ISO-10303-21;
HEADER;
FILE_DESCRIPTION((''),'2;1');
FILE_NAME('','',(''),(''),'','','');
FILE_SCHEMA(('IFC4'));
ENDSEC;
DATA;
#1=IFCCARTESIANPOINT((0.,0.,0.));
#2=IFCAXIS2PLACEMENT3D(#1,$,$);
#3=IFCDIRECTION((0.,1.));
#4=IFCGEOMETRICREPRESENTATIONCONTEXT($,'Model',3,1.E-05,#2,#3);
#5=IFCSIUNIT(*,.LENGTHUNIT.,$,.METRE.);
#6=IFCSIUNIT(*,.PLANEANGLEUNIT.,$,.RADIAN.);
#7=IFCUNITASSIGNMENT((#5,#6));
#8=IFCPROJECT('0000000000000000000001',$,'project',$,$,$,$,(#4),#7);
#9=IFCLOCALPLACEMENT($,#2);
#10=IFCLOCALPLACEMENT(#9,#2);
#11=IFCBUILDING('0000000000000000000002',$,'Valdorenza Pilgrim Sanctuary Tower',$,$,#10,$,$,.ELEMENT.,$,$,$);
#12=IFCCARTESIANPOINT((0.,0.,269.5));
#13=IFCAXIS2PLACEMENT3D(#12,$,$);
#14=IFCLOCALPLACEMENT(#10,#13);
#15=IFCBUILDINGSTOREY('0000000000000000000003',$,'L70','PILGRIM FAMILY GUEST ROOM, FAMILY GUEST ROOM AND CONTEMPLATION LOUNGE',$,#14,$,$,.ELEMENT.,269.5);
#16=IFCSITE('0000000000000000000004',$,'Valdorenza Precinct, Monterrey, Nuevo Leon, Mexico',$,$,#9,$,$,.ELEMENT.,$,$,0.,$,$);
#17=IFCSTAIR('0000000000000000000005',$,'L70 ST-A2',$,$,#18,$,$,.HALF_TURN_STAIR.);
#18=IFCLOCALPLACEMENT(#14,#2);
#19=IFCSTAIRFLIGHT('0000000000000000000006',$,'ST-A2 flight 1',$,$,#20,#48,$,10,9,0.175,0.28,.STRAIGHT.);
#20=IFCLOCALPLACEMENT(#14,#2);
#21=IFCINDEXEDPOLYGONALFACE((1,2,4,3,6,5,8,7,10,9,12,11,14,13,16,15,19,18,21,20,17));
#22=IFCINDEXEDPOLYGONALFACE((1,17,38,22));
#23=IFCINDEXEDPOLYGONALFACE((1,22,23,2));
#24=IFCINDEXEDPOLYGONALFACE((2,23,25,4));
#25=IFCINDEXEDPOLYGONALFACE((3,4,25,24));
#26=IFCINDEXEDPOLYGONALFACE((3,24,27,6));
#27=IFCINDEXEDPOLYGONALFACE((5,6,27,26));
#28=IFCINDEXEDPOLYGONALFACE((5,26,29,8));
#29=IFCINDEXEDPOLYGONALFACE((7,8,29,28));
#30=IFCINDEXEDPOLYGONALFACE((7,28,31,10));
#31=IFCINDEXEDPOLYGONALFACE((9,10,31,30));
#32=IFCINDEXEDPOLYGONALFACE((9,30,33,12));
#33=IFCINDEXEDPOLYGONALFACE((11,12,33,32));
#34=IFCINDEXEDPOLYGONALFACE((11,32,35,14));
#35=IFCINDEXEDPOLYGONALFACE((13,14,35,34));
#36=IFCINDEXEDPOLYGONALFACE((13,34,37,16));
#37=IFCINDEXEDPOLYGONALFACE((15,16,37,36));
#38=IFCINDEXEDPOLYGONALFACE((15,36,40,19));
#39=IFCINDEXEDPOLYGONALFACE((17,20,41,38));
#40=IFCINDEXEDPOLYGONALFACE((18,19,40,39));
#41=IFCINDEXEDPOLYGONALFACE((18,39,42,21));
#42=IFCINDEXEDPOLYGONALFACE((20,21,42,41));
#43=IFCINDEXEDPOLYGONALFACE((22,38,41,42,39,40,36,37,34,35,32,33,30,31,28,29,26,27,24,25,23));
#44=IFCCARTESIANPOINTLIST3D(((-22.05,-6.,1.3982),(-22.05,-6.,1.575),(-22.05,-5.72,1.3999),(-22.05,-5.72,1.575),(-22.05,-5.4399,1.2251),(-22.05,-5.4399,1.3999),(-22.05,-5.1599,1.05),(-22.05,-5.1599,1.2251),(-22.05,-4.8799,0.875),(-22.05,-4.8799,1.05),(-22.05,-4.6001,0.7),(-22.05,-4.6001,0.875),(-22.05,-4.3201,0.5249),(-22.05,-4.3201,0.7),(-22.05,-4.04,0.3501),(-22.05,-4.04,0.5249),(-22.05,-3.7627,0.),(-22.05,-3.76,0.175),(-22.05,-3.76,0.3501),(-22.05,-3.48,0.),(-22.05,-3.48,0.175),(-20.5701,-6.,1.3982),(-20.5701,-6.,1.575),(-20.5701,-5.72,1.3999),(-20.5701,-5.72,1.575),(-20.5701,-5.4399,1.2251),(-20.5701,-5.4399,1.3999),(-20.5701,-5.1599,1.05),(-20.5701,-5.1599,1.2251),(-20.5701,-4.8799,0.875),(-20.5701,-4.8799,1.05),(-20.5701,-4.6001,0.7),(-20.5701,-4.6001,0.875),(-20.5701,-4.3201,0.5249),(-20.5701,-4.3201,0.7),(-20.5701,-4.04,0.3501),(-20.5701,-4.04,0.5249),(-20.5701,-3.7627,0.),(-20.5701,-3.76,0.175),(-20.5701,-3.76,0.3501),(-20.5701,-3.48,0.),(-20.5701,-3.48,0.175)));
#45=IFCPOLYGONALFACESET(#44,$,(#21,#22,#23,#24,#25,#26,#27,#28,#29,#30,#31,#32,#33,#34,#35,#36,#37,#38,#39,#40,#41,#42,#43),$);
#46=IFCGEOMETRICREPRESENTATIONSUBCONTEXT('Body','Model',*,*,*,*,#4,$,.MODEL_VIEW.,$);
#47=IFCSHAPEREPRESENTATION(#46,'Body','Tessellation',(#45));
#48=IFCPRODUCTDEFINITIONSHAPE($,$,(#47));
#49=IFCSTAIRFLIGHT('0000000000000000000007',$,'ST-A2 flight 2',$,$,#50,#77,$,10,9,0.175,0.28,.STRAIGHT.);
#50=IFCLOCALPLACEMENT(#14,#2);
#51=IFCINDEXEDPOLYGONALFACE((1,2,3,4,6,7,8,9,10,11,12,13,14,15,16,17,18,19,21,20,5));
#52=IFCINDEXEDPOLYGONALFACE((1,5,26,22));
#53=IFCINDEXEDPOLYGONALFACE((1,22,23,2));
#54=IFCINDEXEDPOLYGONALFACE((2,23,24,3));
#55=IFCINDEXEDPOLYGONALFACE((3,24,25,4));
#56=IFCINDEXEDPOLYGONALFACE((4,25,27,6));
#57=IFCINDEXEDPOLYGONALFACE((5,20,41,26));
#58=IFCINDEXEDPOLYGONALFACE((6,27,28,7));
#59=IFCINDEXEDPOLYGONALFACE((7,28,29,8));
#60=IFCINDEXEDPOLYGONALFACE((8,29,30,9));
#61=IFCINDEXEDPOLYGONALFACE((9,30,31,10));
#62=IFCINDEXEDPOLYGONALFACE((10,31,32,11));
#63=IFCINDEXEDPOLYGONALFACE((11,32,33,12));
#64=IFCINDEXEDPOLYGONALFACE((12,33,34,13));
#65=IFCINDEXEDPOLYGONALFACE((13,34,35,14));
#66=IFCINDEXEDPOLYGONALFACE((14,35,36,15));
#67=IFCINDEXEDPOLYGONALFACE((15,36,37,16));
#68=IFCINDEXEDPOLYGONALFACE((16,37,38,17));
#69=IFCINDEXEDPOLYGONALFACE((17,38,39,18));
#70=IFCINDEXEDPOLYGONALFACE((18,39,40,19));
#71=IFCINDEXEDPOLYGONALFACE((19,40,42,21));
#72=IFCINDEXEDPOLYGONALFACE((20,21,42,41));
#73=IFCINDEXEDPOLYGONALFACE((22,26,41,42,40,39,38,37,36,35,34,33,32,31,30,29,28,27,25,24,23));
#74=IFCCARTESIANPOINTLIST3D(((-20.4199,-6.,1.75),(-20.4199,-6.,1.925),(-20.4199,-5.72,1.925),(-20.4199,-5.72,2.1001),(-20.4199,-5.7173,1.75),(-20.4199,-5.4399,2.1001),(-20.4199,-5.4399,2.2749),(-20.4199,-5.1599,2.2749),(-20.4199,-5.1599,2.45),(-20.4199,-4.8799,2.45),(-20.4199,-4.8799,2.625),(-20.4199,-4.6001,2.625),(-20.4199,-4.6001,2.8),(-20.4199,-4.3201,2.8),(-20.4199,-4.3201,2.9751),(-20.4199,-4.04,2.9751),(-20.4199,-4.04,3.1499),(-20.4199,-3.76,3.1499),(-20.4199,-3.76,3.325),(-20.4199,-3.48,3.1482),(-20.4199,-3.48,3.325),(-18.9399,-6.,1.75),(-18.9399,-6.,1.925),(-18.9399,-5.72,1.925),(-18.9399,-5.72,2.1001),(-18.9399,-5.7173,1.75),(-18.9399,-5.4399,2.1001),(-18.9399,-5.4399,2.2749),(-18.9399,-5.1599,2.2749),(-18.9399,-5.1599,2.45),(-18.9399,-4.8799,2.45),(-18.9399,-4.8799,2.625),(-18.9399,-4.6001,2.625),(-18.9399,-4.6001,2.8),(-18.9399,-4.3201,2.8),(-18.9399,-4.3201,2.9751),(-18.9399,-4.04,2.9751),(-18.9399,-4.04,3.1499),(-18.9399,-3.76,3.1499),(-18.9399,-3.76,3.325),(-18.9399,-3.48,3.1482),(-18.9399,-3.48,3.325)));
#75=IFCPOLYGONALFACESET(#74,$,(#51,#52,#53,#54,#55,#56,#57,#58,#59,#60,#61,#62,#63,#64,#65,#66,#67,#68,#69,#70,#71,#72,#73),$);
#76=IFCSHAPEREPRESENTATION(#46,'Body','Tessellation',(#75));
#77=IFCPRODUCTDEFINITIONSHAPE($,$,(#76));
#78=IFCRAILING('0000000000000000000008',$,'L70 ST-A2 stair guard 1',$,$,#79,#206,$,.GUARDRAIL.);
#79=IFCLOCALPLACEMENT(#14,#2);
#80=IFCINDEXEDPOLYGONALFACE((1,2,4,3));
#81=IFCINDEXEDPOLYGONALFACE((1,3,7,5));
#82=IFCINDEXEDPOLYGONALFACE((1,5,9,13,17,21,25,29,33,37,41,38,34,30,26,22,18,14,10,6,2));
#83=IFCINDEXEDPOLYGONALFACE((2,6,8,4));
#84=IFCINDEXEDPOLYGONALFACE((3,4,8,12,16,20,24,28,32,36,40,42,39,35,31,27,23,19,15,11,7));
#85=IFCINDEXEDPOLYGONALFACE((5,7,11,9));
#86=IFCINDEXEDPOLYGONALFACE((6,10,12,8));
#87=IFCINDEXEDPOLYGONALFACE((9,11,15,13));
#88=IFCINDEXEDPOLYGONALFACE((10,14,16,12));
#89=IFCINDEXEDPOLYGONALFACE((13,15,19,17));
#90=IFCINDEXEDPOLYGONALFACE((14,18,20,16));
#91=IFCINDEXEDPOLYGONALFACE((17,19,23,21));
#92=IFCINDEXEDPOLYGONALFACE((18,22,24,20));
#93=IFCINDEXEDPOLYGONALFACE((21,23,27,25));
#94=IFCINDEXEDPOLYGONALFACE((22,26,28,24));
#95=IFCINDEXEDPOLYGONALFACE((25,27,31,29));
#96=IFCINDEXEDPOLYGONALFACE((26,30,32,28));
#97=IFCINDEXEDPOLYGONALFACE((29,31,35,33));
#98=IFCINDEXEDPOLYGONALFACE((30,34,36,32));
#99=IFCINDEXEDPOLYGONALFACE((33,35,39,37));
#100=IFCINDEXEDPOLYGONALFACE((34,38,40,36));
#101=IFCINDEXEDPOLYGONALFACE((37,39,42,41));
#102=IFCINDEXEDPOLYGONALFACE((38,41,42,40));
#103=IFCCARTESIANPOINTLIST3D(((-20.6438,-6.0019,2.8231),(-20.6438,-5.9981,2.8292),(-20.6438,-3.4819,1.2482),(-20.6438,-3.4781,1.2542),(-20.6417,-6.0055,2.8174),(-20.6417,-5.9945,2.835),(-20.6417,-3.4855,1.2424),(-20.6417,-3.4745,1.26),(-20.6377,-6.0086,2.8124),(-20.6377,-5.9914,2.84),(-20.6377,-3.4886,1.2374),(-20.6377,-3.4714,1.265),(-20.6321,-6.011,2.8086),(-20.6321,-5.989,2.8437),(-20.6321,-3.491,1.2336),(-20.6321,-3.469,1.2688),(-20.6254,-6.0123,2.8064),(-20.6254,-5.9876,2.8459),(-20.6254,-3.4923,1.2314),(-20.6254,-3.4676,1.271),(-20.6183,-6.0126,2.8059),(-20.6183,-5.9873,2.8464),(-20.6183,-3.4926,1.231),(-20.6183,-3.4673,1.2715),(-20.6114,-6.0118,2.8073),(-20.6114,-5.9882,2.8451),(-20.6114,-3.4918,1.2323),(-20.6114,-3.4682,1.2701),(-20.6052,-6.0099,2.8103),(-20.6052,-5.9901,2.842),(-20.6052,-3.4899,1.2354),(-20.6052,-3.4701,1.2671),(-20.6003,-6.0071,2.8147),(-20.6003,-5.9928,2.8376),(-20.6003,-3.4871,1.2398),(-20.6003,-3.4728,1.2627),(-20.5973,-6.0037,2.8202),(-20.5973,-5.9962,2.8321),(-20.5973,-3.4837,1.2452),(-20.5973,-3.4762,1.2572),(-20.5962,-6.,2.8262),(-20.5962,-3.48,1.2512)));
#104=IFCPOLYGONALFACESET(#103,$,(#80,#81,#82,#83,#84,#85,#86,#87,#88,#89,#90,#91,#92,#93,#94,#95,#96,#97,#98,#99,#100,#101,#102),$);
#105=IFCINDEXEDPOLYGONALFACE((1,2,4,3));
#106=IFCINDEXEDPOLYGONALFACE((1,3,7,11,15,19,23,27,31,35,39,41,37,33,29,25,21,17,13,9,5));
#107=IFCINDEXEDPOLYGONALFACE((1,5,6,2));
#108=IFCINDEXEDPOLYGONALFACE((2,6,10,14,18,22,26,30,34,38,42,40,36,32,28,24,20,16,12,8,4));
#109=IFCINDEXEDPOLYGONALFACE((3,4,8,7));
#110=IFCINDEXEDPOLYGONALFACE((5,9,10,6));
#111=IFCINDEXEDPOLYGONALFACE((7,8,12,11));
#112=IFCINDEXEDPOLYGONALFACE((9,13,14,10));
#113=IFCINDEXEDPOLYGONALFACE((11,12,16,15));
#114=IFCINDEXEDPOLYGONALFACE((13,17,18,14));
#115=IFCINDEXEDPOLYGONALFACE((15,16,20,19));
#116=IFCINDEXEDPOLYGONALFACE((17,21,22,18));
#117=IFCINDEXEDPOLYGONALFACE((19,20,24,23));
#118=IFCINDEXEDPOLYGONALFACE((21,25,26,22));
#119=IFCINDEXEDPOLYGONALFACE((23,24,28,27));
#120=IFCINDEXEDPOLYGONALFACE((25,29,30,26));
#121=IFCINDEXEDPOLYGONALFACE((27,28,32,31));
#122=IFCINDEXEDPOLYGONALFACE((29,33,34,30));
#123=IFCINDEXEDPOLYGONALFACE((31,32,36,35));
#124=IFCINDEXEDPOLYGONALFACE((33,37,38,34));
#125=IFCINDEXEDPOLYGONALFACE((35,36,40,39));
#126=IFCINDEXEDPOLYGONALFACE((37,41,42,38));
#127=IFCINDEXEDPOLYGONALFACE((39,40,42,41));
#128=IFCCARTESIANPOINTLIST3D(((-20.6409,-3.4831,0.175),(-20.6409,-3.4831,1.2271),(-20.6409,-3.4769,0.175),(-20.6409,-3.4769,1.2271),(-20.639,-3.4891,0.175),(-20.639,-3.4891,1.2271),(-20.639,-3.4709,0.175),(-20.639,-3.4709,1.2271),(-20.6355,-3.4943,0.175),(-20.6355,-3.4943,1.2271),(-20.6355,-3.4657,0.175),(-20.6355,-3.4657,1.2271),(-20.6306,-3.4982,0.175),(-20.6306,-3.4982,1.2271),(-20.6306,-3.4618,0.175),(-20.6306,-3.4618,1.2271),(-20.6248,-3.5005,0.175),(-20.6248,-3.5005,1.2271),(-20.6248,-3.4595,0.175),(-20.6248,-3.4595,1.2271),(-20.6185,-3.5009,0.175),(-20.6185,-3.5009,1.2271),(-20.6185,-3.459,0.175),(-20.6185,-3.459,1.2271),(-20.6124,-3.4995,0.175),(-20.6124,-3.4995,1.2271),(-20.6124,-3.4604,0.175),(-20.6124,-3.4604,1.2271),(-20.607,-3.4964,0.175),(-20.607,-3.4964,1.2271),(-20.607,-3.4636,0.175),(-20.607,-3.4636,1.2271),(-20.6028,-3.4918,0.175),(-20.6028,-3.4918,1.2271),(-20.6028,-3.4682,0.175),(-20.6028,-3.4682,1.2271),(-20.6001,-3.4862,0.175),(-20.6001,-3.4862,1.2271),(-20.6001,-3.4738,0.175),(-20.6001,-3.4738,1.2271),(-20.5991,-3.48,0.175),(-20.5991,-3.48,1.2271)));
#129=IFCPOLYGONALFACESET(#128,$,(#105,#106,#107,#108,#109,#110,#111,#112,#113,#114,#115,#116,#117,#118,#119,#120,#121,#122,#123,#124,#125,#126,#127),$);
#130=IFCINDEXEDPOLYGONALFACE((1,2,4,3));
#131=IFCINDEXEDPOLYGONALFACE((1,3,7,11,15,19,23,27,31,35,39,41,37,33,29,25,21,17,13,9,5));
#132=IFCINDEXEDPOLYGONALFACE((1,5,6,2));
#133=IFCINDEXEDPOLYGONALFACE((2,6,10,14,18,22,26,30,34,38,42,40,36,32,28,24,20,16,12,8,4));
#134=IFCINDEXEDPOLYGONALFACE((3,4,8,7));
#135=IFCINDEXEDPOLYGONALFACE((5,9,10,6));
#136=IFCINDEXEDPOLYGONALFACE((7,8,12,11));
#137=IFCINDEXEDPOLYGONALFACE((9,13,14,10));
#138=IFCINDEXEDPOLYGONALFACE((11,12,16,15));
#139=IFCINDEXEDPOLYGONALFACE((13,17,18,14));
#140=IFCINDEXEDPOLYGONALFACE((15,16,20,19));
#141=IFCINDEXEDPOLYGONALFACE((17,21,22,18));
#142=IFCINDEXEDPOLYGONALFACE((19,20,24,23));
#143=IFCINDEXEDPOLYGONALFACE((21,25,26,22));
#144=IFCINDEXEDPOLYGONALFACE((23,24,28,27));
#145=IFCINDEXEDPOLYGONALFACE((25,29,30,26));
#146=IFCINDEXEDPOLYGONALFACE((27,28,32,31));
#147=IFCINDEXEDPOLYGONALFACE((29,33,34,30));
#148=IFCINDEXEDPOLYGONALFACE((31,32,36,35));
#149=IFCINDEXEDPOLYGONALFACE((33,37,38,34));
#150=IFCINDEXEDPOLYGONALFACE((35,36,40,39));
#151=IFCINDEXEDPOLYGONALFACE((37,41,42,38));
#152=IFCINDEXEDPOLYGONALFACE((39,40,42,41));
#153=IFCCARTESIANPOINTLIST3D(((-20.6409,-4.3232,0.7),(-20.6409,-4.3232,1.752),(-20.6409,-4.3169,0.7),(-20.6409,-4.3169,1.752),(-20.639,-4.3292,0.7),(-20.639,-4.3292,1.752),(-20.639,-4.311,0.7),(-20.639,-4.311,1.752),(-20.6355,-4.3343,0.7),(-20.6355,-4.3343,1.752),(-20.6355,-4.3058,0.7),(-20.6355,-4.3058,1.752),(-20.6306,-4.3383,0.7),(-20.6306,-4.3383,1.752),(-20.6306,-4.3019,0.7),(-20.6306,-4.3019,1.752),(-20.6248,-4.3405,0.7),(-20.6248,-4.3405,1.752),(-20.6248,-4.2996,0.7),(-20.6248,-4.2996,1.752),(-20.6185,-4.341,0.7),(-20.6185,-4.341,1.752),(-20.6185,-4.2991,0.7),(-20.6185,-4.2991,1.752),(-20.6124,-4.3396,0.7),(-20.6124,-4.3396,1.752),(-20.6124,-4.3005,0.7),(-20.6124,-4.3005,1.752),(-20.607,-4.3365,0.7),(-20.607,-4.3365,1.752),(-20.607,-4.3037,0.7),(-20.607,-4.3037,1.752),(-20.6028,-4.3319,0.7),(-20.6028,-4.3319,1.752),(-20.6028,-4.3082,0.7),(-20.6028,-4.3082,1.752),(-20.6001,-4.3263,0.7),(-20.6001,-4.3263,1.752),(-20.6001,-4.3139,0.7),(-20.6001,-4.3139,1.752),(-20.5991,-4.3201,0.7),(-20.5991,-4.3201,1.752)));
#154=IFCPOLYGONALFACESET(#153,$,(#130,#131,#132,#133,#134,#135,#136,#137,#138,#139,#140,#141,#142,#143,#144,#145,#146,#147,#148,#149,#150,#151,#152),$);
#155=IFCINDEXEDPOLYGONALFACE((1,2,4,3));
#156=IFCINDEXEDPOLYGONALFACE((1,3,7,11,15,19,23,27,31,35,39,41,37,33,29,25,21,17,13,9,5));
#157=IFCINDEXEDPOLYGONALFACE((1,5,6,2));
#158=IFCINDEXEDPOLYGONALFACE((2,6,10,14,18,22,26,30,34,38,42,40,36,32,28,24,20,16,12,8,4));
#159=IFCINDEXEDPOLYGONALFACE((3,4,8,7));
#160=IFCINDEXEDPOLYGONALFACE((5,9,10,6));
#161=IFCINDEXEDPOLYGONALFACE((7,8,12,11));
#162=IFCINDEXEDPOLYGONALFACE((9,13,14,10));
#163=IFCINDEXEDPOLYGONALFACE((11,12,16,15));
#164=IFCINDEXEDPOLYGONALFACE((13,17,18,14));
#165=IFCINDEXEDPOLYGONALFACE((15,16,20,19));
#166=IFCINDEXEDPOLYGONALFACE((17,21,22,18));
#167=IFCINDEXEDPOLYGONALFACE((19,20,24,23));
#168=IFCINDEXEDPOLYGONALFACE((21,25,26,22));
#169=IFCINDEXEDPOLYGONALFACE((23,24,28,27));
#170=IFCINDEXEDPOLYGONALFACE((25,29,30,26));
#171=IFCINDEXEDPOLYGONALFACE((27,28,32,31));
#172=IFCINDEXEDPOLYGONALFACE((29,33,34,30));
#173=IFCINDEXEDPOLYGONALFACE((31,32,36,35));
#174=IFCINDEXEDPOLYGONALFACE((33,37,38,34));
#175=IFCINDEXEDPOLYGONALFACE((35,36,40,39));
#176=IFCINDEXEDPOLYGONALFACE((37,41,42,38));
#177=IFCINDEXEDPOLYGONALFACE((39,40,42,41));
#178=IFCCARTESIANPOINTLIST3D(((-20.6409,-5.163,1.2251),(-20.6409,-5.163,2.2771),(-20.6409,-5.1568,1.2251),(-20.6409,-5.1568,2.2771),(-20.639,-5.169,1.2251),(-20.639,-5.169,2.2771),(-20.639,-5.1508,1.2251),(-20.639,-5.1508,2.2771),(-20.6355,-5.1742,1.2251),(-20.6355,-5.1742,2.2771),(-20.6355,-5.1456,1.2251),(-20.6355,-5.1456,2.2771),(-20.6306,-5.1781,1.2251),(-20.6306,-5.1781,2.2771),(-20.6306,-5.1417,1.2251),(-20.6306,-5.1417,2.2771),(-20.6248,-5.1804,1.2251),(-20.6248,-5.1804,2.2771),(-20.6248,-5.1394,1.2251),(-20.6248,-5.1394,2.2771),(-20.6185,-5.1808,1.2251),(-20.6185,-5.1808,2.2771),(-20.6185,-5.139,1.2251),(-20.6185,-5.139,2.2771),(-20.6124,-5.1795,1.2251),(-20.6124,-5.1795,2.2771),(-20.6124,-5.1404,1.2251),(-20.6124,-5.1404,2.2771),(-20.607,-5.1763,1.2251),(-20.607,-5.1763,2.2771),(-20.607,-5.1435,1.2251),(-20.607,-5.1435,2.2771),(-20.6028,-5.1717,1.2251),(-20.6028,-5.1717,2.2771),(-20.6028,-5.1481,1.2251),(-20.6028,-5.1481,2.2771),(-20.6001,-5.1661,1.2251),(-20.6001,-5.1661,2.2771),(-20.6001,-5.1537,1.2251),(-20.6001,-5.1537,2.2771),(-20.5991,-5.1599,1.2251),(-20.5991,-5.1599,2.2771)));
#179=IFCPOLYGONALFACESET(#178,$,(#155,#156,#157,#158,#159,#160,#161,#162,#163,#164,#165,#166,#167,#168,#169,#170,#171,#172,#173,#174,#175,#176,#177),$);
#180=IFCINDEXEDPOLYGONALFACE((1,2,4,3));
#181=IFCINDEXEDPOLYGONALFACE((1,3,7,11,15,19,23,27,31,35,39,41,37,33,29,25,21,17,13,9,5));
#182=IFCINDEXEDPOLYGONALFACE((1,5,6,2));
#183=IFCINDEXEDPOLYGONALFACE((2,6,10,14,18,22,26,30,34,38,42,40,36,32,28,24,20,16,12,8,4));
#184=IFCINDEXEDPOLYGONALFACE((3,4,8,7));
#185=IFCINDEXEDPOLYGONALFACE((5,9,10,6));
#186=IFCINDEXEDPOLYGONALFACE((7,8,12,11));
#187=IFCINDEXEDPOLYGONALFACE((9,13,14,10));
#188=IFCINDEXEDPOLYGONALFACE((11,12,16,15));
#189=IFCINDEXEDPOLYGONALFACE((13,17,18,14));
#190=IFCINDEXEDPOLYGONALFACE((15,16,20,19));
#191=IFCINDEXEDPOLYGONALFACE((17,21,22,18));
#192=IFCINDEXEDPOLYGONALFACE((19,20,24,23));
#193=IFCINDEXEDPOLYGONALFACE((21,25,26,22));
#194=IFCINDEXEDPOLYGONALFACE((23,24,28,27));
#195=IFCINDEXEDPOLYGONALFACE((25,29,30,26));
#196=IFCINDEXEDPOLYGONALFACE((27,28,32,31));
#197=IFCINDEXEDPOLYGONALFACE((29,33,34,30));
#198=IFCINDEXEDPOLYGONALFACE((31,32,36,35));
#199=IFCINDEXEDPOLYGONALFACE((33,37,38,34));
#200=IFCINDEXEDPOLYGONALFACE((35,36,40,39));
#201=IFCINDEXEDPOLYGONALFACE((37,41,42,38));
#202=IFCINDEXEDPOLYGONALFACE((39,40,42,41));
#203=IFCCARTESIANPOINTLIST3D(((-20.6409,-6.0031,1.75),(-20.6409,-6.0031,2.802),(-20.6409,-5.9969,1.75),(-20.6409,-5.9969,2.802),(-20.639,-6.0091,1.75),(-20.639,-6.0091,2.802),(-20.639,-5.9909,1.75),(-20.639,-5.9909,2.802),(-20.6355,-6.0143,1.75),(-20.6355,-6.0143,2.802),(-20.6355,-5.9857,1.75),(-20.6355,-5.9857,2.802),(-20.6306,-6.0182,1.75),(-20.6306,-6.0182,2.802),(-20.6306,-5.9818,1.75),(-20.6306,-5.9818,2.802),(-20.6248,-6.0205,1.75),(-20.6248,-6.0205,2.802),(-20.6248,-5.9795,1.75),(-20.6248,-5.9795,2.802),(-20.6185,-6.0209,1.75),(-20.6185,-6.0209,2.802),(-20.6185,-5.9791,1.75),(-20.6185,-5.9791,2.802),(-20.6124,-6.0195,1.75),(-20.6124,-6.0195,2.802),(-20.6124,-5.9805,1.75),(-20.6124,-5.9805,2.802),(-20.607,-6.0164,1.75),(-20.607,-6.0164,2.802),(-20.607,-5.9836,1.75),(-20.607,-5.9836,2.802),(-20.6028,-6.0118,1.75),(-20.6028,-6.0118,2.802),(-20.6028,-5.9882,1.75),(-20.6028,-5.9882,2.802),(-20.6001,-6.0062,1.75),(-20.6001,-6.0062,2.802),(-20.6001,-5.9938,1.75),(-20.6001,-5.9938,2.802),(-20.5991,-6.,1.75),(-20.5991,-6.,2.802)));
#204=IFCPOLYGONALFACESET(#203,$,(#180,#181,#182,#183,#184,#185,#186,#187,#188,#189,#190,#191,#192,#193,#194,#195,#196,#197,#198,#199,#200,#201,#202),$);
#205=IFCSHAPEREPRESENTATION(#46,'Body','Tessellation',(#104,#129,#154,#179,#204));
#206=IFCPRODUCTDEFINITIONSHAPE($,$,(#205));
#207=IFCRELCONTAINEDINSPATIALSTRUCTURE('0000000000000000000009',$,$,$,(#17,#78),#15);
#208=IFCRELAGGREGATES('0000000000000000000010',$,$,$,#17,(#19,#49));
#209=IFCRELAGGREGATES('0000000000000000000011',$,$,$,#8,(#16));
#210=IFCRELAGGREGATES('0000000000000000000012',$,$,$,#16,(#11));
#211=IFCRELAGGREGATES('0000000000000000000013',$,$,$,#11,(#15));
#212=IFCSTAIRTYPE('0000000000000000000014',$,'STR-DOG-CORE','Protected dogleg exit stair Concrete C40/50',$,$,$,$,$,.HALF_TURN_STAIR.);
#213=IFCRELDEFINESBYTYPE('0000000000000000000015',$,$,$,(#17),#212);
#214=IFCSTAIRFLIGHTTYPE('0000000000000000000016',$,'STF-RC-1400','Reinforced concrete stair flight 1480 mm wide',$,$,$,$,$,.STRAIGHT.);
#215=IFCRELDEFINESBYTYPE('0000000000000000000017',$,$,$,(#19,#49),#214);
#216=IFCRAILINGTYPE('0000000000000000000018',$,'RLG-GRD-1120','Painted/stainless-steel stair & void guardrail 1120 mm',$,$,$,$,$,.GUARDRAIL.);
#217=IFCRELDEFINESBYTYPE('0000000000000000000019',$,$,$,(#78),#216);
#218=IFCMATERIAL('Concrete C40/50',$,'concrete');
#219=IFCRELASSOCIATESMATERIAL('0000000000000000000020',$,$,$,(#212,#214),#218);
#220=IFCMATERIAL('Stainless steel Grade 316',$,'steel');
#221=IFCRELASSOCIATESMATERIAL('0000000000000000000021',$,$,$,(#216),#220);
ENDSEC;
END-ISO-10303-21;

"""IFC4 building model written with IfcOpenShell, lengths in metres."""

from ifc_helpers import new_model, si_unit, direction, frame, origin, origin_2d, place, context, subcontext, project, spatial, polyline, circle, outline, extrude, material, type_object, element, aggregate, save


model = new_model("IFC4")

# Units and contexts
model_context = context("Model", 3, precision=1e-05, world=origin(), true_north=direction((0.0, 1.0)))
body_context = subcontext(model_context, "Body", "Model", "MODEL_VIEW")
ifc_project = project(units=[si_unit("LENGTHUNIT", "METRE"), si_unit("PLANEANGLEUNIT", "RADIAN")], contexts=[model_context])

# Site, building, storey
site_placement = place(None, origin())
site = spatial("IfcSite", under=ifc_project, at=site_placement, Name="Valdorenza Precinct, Monterrey, Nuevo Leon, Mexico", CompositionType="ELEMENT", RefElevation=0.0)
building_placement = place(site_placement, origin())
building = spatial("IfcBuilding", under=site, at=building_placement, Name="Valdorenza Pilgrim Sanctuary Tower", CompositionType="ELEMENT")
storey_placement = place(building_placement, frame((0.0, 0.0, 269.5)))
storey = spatial("IfcBuildingStorey", under=building, at=storey_placement, Name="L70", Description="PILGRIM FAMILY GUEST ROOM, FAMILY GUEST ROOM AND CONTEMPLATION LOUNGE", CompositionType="ELEMENT", Elevation=269.5)

# Shared definitions
ifc_material_1 = material(Name="Concrete C40/50", Category="concrete")

# Stair, stair flights
stair_type = type_object("IfcStairType", Name="STR-DOG-CORE", Description="Protected dogleg exit stair Concrete C40/50", PredefinedType="HALF_TURN_STAIR", material=ifc_material_1)
stair_placement = place(storey_placement, origin())
stair = element("IfcStair", 1, at=stair_placement, inside=storey, type_object=stair_type, Name="L70 ST-A2", PredefinedType="HALF_TURN_STAIR")
stair_flight_type = type_object("IfcStairFlightType", Name="STF-RC-1400", Description="Reinforced concrete stair flight 1480 mm wide", PredefinedType="STRAIGHT", material=ifc_material_1)
stair_flight_1_placement = place(storey_placement, frame((-21.3101, -3.48, 0.0), z_axis=(0.0, 0.0, 1.0), x_axis=(0.0, -1.0, 0.0)))
stair_flight_1 = element("IfcStairFlight", 2, at=stair_flight_1_placement, type_object=stair_flight_type, Name="ST-A2 flight 1", NumberOfRisers=10, NumberOfTreads=9, PredefinedType="STRAIGHT", RiserHeight=0.175, TreadLength=0.28, context=body_context, shape_type="SweptSolid", body=[
    extrude(outline(polyline([(0.0, 0.0), (0.0, 0.175), (0.28, 0.175), (0.28, 0.3501), (0.5601, 0.3501), (0.5601, 0.5249), (0.8401, 0.5249), (0.8401, 0.7), (1.1201, 0.7), (1.1201, 0.875), (1.3999, 0.875), (1.3999, 1.05), (1.6799, 1.05), (1.6799, 1.2251), (1.96, 1.2251), (1.96, 1.3999), (2.24, 1.3999), (2.24, 1.575), (2.52, 1.575), (2.52, 1.75), (2.52, 1.3982), (0.2827, 0.0), (0.0, 0.0)])), frame((0.0, 0.74, 0.0), z_axis=(0.0, -1.0, 0.0), x_axis=(1.0, 0.0, 0.0)), (0.0, 0.0, 1.0), 1.48),
])
stair_flight_2_placement = place(storey_placement, frame((-19.6799, -6.0, 1.75), z_axis=(0.0, 0.0, 1.0), x_axis=(0.0, 1.0, 0.0)))
stair_flight_2 = element("IfcStairFlight", 3, at=stair_flight_2_placement, type_object=stair_flight_type, Name="ST-A2 flight 2", NumberOfRisers=10, NumberOfTreads=9, PredefinedType="STRAIGHT", RiserHeight=0.175, TreadLength=0.28, context=body_context, shape_type="SweptSolid", body=[
    extrude(outline(polyline([(0.0, 0.0), (0.0, 0.175), (0.28, 0.175), (0.28, 0.3501), (0.5601, 0.3501), (0.5601, 0.5249), (0.8401, 0.5249), (0.8401, 0.7), (1.1201, 0.7), (1.1201, 0.875), (1.3999, 0.875), (1.3999, 1.05), (1.6799, 1.05), (1.6799, 1.2251), (1.96, 1.2251), (1.96, 1.3999), (2.24, 1.3999), (2.24, 1.575), (2.52, 1.575), (2.52, 1.75), (2.52, 1.3982), (0.2827, 0.0), (0.0, 0.0)])), frame((0.0, 0.74, 0.0), z_axis=(0.0, -1.0, 0.0), x_axis=(1.0, 0.0, 0.0)), (0.0, 0.0, 1.0), 1.48),
])
aggregate(stair, [stair_flight_1, stair_flight_2])

# Railing
ifc_material_2 = material(Name="Stainless steel Grade 316", Category="steel")
railing_type_1 = type_object("IfcRailingType", Name="RLG-GRD-1120", Description="Painted/stainless-steel stair & void guardrail 1120 mm", PredefinedType="GUARDRAIL", material=ifc_material_2)
railing_1_placement = place(storey_placement, frame((-20.6201, -3.48, 0.175)))
element("IfcRailing", 4, at=railing_1_placement, inside=storey, type_object=railing_type_1, Name="L70 ST-A2 stair guard 1", PredefinedType="GUARDRAIL", context=body_context, shape_type="SweptSolid", body=[
    extrude(circle(Radius=0.0239, at=origin_2d()), frame((0.0, 0.0, 1.0762), z_axis=(0.0, -0.848008, 0.529984), x_axis=(1.0, 0.0, 0.0)), (0.0, 0.0, 1.0), 2.9717),
    extrude(circle(Radius=0.021, at=origin_2d()), origin(), (0.0, 0.0, 1.0), 1.052),
    extrude(circle(Radius=0.021, at=origin_2d()), frame((0.0, -0.8401, 0.5249)), (0.0, 0.0, 1.0), 1.052),
    extrude(circle(Radius=0.021, at=origin_2d()), frame((0.0, -1.6799, 1.05)), (0.0, 0.0, 1.0), 1.052),
    extrude(circle(Radius=0.021, at=origin_2d()), frame((0.0, -2.52, 1.575)), (0.0, 0.0, 1.0), 1.052),
])

save(model, "model.ifc")
